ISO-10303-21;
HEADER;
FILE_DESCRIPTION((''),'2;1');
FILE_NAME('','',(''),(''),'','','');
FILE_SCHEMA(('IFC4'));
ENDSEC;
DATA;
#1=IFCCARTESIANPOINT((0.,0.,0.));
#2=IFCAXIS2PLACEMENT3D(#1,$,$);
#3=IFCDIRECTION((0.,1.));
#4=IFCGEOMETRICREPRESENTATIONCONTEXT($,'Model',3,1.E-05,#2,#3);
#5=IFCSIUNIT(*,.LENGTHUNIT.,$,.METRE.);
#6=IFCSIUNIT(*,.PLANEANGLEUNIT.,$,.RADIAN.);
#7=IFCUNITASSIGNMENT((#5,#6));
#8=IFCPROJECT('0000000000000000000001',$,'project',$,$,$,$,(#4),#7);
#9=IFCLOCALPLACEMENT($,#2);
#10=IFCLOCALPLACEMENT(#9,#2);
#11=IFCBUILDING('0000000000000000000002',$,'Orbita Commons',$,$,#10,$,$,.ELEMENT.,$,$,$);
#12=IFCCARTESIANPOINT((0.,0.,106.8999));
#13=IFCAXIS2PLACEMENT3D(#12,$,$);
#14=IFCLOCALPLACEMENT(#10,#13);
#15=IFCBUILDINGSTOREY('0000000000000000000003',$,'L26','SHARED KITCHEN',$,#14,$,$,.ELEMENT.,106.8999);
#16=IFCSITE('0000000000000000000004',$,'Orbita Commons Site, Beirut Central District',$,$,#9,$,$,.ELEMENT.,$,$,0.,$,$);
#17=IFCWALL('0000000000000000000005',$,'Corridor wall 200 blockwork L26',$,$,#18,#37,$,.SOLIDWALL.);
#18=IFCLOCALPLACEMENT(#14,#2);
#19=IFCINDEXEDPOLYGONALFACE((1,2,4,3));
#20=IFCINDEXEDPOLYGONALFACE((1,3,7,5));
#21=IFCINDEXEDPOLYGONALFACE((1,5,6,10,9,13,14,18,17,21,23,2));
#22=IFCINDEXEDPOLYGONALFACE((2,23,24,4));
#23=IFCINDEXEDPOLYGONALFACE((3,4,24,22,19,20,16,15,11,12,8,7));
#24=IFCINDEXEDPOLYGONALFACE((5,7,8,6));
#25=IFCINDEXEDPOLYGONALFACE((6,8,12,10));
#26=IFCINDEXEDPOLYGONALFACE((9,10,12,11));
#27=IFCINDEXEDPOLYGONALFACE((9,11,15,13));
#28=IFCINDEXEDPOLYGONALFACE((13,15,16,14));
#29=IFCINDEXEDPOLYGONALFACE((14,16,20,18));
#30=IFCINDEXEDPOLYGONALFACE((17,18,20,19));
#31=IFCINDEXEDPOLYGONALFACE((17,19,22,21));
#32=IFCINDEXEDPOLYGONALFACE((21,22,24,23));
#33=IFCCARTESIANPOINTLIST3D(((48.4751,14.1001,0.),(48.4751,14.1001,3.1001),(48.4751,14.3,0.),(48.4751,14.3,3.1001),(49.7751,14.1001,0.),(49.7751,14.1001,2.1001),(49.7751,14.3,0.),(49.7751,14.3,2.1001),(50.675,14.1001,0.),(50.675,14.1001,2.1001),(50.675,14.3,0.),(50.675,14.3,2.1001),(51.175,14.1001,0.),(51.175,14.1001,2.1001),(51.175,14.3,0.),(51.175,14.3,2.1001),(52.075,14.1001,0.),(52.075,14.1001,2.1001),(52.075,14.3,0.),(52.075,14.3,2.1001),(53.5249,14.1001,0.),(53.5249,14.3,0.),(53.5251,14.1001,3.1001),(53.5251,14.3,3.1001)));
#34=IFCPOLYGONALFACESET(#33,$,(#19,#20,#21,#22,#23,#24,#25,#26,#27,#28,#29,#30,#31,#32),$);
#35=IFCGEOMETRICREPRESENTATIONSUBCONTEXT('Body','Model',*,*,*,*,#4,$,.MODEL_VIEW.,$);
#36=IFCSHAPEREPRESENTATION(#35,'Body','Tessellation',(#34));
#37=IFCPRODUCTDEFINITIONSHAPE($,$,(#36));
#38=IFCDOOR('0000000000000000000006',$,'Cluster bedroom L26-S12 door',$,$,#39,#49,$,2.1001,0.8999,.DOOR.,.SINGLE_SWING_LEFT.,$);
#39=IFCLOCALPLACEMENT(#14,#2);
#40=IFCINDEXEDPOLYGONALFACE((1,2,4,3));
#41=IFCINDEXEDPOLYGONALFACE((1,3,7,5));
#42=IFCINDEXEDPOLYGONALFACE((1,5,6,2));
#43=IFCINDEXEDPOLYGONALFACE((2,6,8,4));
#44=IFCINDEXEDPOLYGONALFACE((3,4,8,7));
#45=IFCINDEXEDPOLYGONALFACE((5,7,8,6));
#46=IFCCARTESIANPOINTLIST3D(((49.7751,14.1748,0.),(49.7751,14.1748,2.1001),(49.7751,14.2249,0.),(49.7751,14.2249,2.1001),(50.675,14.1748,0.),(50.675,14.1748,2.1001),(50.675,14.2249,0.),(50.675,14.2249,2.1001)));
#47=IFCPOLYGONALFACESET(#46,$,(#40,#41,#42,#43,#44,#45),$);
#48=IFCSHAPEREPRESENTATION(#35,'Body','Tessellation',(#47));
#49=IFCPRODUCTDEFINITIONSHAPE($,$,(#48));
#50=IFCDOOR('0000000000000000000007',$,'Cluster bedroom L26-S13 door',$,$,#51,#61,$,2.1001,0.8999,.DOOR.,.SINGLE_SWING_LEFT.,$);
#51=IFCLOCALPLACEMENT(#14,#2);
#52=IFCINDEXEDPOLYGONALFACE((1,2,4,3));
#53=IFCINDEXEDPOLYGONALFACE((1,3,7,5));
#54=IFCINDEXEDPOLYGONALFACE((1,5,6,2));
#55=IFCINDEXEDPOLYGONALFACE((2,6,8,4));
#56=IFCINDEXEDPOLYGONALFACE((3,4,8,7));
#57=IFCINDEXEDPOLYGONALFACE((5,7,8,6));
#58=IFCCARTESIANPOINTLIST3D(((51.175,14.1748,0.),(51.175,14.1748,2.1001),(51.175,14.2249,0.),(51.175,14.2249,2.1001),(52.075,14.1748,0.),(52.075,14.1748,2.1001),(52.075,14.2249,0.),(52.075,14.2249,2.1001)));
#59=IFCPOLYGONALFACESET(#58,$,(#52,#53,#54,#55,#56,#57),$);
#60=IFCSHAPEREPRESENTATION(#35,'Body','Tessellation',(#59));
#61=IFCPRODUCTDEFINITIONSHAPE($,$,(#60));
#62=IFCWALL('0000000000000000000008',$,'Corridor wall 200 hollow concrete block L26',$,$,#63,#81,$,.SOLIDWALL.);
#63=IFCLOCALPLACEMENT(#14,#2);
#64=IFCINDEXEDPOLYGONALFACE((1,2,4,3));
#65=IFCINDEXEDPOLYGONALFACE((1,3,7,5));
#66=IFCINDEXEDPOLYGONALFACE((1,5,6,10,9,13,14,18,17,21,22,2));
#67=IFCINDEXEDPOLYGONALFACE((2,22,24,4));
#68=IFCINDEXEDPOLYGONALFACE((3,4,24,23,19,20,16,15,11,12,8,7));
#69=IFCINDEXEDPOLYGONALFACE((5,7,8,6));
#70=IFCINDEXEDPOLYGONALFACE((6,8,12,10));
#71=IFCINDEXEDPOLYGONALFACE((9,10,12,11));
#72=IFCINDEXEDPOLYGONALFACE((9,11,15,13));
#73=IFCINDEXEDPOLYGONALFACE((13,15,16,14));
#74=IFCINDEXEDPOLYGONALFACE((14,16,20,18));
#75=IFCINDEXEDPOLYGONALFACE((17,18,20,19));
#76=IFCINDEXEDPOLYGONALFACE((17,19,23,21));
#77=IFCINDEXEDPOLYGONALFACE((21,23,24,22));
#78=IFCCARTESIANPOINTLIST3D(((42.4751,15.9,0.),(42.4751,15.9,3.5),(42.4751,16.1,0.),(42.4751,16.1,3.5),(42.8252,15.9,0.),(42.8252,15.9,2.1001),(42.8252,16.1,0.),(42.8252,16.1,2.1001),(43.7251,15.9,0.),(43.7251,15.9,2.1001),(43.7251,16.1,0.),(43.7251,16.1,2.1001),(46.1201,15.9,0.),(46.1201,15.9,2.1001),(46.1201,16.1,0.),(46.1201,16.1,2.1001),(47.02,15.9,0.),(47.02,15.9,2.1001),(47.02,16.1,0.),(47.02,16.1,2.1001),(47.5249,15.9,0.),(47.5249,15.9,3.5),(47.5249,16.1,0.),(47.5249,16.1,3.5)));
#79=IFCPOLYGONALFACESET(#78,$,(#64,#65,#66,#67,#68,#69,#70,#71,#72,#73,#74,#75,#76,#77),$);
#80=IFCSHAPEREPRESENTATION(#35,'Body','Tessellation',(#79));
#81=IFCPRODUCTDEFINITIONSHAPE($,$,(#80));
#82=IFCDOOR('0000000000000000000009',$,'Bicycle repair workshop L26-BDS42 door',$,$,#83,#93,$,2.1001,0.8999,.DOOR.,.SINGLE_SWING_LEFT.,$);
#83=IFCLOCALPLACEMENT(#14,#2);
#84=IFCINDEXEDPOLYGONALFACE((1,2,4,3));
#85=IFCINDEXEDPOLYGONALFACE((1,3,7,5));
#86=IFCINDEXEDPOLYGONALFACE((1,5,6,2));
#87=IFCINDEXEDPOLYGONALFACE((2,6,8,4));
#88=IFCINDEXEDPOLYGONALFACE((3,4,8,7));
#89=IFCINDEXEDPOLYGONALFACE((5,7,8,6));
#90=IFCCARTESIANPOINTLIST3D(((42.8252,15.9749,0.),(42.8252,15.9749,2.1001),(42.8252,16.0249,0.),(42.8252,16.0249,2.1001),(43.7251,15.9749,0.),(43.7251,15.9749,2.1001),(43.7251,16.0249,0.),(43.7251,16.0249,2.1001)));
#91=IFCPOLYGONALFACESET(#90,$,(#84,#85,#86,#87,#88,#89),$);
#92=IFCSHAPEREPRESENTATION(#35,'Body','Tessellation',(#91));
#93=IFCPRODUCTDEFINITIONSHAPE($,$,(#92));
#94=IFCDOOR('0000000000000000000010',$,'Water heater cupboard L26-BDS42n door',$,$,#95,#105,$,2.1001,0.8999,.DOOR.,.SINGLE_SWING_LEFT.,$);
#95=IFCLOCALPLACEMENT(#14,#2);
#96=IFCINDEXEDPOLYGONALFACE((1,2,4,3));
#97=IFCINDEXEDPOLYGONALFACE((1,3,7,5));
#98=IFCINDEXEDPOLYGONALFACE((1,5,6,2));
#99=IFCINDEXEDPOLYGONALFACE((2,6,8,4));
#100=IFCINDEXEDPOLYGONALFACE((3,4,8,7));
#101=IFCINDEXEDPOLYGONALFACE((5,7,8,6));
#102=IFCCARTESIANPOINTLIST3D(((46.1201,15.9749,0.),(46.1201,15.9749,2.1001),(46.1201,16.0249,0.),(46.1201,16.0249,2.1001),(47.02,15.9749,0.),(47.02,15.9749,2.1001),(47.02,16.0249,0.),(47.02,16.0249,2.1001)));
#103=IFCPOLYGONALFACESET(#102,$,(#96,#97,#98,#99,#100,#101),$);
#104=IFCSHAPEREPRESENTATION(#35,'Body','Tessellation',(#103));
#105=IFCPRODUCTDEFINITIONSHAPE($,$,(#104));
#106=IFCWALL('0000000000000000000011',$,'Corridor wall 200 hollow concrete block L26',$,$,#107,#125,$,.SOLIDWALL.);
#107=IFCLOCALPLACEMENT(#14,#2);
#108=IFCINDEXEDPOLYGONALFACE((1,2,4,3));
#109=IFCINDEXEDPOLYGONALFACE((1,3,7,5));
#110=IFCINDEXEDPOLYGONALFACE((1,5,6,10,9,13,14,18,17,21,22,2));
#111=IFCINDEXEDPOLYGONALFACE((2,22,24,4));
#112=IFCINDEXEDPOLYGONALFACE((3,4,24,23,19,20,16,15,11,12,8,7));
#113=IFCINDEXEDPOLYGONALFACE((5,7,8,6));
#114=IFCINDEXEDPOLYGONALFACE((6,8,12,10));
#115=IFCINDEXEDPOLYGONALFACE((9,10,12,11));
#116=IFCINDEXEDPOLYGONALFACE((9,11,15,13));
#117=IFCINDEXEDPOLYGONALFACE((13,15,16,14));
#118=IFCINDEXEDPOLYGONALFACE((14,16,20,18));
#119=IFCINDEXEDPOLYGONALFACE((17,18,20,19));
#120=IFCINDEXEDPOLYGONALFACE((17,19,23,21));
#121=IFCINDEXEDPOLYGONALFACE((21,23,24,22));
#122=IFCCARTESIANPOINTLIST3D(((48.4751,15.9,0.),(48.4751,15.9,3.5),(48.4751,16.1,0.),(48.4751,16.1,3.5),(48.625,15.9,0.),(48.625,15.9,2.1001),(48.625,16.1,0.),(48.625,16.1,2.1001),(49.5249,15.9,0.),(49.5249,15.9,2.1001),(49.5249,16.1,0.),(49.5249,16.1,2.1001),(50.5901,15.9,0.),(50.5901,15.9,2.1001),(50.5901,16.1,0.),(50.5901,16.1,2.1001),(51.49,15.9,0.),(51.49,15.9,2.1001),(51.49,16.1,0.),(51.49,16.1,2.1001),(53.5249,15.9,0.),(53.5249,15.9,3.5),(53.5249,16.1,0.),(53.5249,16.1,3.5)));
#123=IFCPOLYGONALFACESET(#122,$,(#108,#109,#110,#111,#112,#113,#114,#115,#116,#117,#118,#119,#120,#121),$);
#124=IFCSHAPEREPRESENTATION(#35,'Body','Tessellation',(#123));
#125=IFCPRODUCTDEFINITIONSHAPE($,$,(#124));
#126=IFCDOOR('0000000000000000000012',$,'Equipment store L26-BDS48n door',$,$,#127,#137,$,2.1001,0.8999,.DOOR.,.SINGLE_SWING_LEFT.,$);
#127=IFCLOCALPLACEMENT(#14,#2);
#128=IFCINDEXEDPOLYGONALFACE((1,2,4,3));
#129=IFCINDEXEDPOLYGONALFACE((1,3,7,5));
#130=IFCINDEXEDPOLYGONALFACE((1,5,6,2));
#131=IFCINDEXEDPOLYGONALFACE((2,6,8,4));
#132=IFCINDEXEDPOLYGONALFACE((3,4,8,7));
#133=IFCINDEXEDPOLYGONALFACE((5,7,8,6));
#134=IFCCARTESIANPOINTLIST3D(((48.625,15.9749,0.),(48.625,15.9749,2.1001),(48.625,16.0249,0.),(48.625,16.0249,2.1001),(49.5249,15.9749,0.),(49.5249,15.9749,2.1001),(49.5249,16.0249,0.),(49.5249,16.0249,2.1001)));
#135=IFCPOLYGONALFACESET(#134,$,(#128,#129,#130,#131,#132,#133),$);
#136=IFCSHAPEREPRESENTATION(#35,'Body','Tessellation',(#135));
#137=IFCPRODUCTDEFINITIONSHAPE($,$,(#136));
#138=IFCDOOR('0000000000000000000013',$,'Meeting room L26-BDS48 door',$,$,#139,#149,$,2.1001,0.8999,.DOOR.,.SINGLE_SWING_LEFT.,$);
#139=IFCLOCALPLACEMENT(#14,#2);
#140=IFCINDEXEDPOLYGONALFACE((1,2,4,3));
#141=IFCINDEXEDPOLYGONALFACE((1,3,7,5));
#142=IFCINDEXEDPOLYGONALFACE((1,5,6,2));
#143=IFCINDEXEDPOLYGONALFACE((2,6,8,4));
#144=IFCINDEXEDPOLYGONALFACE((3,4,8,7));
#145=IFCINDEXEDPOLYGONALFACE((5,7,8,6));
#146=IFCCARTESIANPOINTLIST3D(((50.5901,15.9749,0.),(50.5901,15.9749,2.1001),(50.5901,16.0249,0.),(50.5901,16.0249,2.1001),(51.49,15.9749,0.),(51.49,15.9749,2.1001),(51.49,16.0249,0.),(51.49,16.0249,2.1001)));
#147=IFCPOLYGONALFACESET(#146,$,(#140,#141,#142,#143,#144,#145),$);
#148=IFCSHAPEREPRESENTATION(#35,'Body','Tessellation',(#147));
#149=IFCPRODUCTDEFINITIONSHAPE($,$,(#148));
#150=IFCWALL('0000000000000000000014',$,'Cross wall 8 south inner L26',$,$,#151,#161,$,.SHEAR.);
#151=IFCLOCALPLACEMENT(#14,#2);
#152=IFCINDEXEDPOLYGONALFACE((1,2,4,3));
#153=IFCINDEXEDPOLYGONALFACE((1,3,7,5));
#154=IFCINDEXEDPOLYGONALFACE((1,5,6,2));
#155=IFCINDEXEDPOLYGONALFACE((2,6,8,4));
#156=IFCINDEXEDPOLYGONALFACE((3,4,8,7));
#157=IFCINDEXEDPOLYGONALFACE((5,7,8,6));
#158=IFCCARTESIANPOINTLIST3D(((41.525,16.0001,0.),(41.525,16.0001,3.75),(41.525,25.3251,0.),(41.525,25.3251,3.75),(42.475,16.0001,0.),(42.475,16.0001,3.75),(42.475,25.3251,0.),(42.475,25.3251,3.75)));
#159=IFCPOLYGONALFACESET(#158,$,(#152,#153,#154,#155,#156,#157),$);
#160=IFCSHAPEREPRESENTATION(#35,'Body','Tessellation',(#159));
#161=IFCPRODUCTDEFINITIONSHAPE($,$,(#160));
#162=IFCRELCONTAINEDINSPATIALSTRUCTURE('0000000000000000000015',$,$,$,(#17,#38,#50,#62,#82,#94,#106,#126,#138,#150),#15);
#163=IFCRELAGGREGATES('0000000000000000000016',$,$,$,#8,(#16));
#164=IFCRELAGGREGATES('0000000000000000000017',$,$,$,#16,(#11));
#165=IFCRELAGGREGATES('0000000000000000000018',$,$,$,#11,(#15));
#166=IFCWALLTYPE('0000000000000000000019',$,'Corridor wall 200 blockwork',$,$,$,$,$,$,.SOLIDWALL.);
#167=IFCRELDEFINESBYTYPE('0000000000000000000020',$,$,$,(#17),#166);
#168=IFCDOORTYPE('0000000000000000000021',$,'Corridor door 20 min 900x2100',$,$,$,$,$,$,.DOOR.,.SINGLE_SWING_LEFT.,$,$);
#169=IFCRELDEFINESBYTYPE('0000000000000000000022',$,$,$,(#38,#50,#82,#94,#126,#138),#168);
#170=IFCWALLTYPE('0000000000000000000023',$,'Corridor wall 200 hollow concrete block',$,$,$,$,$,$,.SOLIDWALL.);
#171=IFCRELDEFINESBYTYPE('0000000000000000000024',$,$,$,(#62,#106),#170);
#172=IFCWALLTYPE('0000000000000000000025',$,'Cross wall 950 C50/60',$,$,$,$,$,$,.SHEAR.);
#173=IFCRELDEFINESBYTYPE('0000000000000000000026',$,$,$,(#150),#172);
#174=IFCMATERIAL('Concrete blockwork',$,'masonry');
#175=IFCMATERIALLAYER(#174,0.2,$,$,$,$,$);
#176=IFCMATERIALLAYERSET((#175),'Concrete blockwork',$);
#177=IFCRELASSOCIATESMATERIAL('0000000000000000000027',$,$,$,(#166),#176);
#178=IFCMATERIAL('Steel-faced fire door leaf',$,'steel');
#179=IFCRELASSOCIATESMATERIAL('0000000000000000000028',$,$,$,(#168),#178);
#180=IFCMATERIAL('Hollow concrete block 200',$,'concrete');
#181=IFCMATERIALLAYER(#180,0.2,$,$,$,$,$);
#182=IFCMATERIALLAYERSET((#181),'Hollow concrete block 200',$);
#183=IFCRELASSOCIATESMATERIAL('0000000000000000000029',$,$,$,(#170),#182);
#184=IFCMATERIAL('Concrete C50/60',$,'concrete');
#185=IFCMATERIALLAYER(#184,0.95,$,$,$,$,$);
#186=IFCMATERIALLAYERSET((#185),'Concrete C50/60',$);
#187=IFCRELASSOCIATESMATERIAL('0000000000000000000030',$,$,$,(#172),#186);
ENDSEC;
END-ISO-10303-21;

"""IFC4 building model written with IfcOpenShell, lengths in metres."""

from ifc_helpers import new_model, si_unit, direction, frame, frame_2d, origin, place, context, subcontext, project, spatial, polyline, rectangle, outline, extrude, material, layer, layer_set, type_object, element, fill, save


model = new_model("IFC4")

# Units and contexts
model_context = context("Model", 3, precision=1e-05, world=origin(), true_north=direction((0.0, 1.0)))
body_context = subcontext(model_context, "Body", "Model", "MODEL_VIEW")
ifc_project = project(units=[si_unit("LENGTHUNIT", "METRE"), si_unit("PLANEANGLEUNIT", "RADIAN")], contexts=[model_context])

# Site, building, storey
site_placement = place(None, origin())
site = spatial("IfcSite", under=ifc_project, at=site_placement, Name="Orbita Commons Site, Beirut Central District", CompositionType="ELEMENT", RefElevation=0.0)
building_placement = place(site_placement, origin())
building = spatial("IfcBuilding", under=site, at=building_placement, Name="Orbita Commons", CompositionType="ELEMENT")
storey_placement = place(building_placement, frame((0.0, 0.0, 106.8999)))
storey = spatial("IfcBuildingStorey", under=building, at=storey_placement, Name="L26", Description="SHARED KITCHEN", CompositionType="ELEMENT", Elevation=106.8999)

# Walls, openings, doors
ifc_material_1 = material(Name="Concrete blockwork", Category="masonry")
ifc_layer_1 = layer(ifc_material_1, 0.2)
ifc_layer_set_1 = layer_set([ifc_layer_1], Name="Concrete blockwork")
wall_type_1 = type_object("IfcWallType", Name="Corridor wall 200 blockwork", PredefinedType="SOLIDWALL", material=ifc_layer_set_1)
ifc_material_2 = material(Name="Steel-faced fire door leaf", Category="steel")
door_type = type_object("IfcDoorType", Name="Corridor door 20 min 900x2100", OperationType="SINGLE_SWING_LEFT", PredefinedType="DOOR", material=ifc_material_2)
wall_1_placement = place(storey_placement, frame((48.4751, 14.2, 0.0), z_axis=(0.0, 0.0, 1.0), x_axis=(1.0, 0.0, 0.0)))
wall_1 = element("IfcWall", 1, at=wall_1_placement, inside=storey, type_object=wall_type_1, Name="Corridor wall 200 blockwork L26", PredefinedType="SOLIDWALL", context=body_context, shape_type="SweptSolid", body=[
    extrude(outline(polyline([(0.0, 0.0), (5.0498, 0.0), (5.05, 3.1001), (0.0, 3.1001), (0.0, 0.0)])), frame((0.0, 0.1001, 0.0), z_axis=(0.0, -1.0, 0.0), x_axis=(1.0, 0.0, 0.0)), (0.0, 0.0, 1.0), 0.2),
])
opening_1_placement = place(wall_1_placement, frame((1.3, 0.0, 0.0)))
opening_1 = element("IfcOpeningElement", 2, at=opening_1_placement, cuts=wall_1, PredefinedType="OPENING", context=body_context, shape_type="SweptSolid", body=[
    extrude(rectangle(XDim=0.8999, YDim=2.1001, at=frame_2d((0.45, 1.05))), frame((0.0, 0.1099, 0.0), z_axis=(0.0, -1.0, 0.0), x_axis=(1.0, 0.0, 0.0)), (0.0, 0.0, 1.0), 0.22),
])
opening_2_placement = place(wall_1_placement, frame((2.7, 0.0, 0.0)))
opening_2 = element("IfcOpeningElement", 3, at=opening_2_placement, cuts=wall_1, PredefinedType="OPENING", context=body_context, shape_type="SweptSolid", body=[
    extrude(rectangle(XDim=0.8999, YDim=2.1001, at=frame_2d((0.45, 1.05))), frame((0.0, 0.1099, 0.0), z_axis=(0.0, -1.0, 0.0), x_axis=(1.0, 0.0, 0.0)), (0.0, 0.0, 1.0), 0.22),
])
door_1_placement = place(opening_1_placement, origin())
door_1 = element("IfcDoor", 4, at=door_1_placement, inside=storey, type_object=door_type, Name="Cluster bedroom L26-S12 door", OperationType="SINGLE_SWING_LEFT", OverallHeight=2.1001, OverallWidth=0.8999, PredefinedType="DOOR", context=body_context, shape_type="SweptSolid", body=[
    extrude(rectangle(XDim=0.8999, YDim=2.1001, at=frame_2d((0.45, 1.05))), frame((0.0, 0.0249, 0.0), z_axis=(0.0, -1.0, 0.0), x_axis=(1.0, 0.0, 0.0)), (0.0, 0.0, 1.0), 0.05),
])
fill(opening_1, door_1)
door_2_placement = place(opening_2_placement, origin())
door_2 = element("IfcDoor", 5, at=door_2_placement, inside=storey, type_object=door_type, Name="Cluster bedroom L26-S13 door", OperationType="SINGLE_SWING_LEFT", OverallHeight=2.1001, OverallWidth=0.8999, PredefinedType="DOOR", context=body_context, shape_type="SweptSolid", body=[
    extrude(rectangle(XDim=0.8999, YDim=2.1001, at=frame_2d((0.45, 1.05))), frame((0.0, 0.0249, 0.0), z_axis=(0.0, -1.0, 0.0), x_axis=(1.0, 0.0, 0.0)), (0.0, 0.0, 1.0), 0.05),
])
fill(opening_2, door_2)
ifc_material_3 = material(Name="Hollow concrete block 200", Category="concrete")
ifc_layer_2 = layer(ifc_material_3, 0.2)
ifc_layer_set_2 = layer_set([ifc_layer_2], Name="Hollow concrete block 200")
wall_type_2 = type_object("IfcWallType", Name="Corridor wall 200 hollow concrete block", PredefinedType="SOLIDWALL", material=ifc_layer_set_2)
wall_2_placement = place(storey_placement, frame((42.4751, 16.0, 0.0), z_axis=(0.0, 0.0, 1.0), x_axis=(1.0, 0.0, 0.0)))
wall_2 = element("IfcWall", 6, at=wall_2_placement, inside=storey, type_object=wall_type_2, Name="Corridor wall 200 hollow concrete block L26", PredefinedType="SOLIDWALL", context=body_context, shape_type="SweptSolid", body=[
    extrude(rectangle(XDim=5.0498, YDim=0.2, at=frame_2d((2.5249, 0.0))), origin(), (0.0, 0.0, 1.0), 3.5),
])
opening_3_placement = place(wall_2_placement, frame((0.3501, 0.0, 0.0)))
opening_3 = element("IfcOpeningElement", 7, at=opening_3_placement, cuts=wall_2, PredefinedType="OPENING", context=body_context, shape_type="SweptSolid", body=[
    extrude(rectangle(XDim=0.8999, YDim=2.1001, at=frame_2d((0.45, 1.05))), frame((0.0, 0.1099, 0.0), z_axis=(0.0, -1.0, 0.0), x_axis=(1.0, 0.0, 0.0)), (0.0, 0.0, 1.0), 0.22),
])
opening_4_placement = place(wall_2_placement, frame((3.645, 0.0, 0.0)))
opening_4 = element("IfcOpeningElement", 8, at=opening_4_placement, cuts=wall_2, PredefinedType="OPENING", context=body_context, shape_type="SweptSolid", body=[
    extrude(rectangle(XDim=0.8999, YDim=2.1001, at=frame_2d((0.45, 1.05))), frame((0.0, 0.1099, 0.0), z_axis=(0.0, -1.0, 0.0), x_axis=(1.0, 0.0, 0.0)), (0.0, 0.0, 1.0), 0.22),
])
door_3_placement = place(opening_3_placement, origin())
door_3 = element("IfcDoor", 9, at=door_3_placement, inside=storey, type_object=door_type, Name="Bicycle repair workshop L26-BDS42 door", OperationType="SINGLE_SWING_LEFT", OverallHeight=2.1001, OverallWidth=0.8999, PredefinedType="DOOR", context=body_context, shape_type="SweptSolid", body=[
    extrude(rectangle(XDim=0.8999, YDim=2.1001, at=frame_2d((0.45, 1.05))), frame((0.0, 0.0249, 0.0), z_axis=(0.0, -1.0, 0.0), x_axis=(1.0, 0.0, 0.0)), (0.0, 0.0, 1.0), 0.05),
])
fill(opening_3, door_3)
door_4_placement = place(opening_4_placement, origin())
door_4 = element("IfcDoor", 10, at=door_4_placement, inside=storey, type_object=door_type, Name="Water heater cupboard L26-BDS42n door", OperationType="SINGLE_SWING_LEFT", OverallHeight=2.1001, OverallWidth=0.8999, PredefinedType="DOOR", context=body_context, shape_type="SweptSolid", body=[
    extrude(rectangle(XDim=0.8999, YDim=2.1001, at=frame_2d((0.45, 1.05))), frame((0.0, 0.0249, 0.0), z_axis=(0.0, -1.0, 0.0), x_axis=(1.0, 0.0, 0.0)), (0.0, 0.0, 1.0), 0.05),
])
fill(opening_4, door_4)
wall_3_placement = place(storey_placement, frame((48.4751, 16.0, 0.0), z_axis=(0.0, 0.0, 1.0), x_axis=(1.0, 0.0, 0.0)))
wall_3 = element("IfcWall", 11, at=wall_3_placement, inside=storey, type_object=wall_type_2, Name="Corridor wall 200 hollow concrete block L26", PredefinedType="SOLIDWALL", context=body_context, shape_type="SweptSolid", body=[
    extrude(rectangle(XDim=5.0498, YDim=0.2, at=frame_2d((2.5249, 0.0))), origin(), (0.0, 0.0, 1.0), 3.5),
])
opening_5_placement = place(wall_3_placement, frame((0.1499, 0.0, 0.0)))
opening_5 = element("IfcOpeningElement", 12, at=opening_5_placement, cuts=wall_3, PredefinedType="OPENING", context=body_context, shape_type="SweptSolid", body=[
    extrude(rectangle(XDim=0.8999, YDim=2.1001, at=frame_2d((0.45, 1.05))), frame((0.0, 0.1099, 0.0), z_axis=(0.0, -1.0, 0.0), x_axis=(1.0, 0.0, 0.0)), (0.0, 0.0, 1.0), 0.22),
])
opening_6_placement = place(wall_3_placement, frame((2.115, 0.0, 0.0)))
opening_6 = element("IfcOpeningElement", 13, at=opening_6_placement, cuts=wall_3, PredefinedType="OPENING", context=body_context, shape_type="SweptSolid", body=[
    extrude(rectangle(XDim=0.8999, YDim=2.1001, at=frame_2d((0.45, 1.05))), frame((0.0, 0.1099, 0.0), z_axis=(0.0, -1.0, 0.0), x_axis=(1.0, 0.0, 0.0)), (0.0, 0.0, 1.0), 0.22),
])
door_5_placement = place(opening_5_placement, origin())
door_5 = element("IfcDoor", 14, at=door_5_placement, inside=storey, type_object=door_type, Name="Equipment store L26-BDS48n door", OperationType="SINGLE_SWING_LEFT", OverallHeight=2.1001, OverallWidth=0.8999, PredefinedType="DOOR", context=body_context, shape_type="SweptSolid", body=[
    extrude(rectangle(XDim=0.8999, YDim=2.1001, at=frame_2d((0.45, 1.05))), frame((0.0, 0.0249, 0.0), z_axis=(0.0, -1.0, 0.0), x_axis=(1.0, 0.0, 0.0)), (0.0, 0.0, 1.0), 0.05),
])
fill(opening_5, door_5)
door_6_placement = place(opening_6_placement, origin())
door_6 = element("IfcDoor", 15, at=door_6_placement, inside=storey, type_object=door_type, Name="Meeting room L26-BDS48 door", OperationType="SINGLE_SWING_LEFT", OverallHeight=2.1001, OverallWidth=0.8999, PredefinedType="DOOR", context=body_context, shape_type="SweptSolid", body=[
    extrude(rectangle(XDim=0.8999, YDim=2.1001, at=frame_2d((0.45, 1.05))), frame((0.0, 0.0249, 0.0), z_axis=(0.0, -1.0, 0.0), x_axis=(1.0, 0.0, 0.0)), (0.0, 0.0, 1.0), 0.05),
])
fill(opening_6, door_6)

# Wall
ifc_material_4 = material(Name="Concrete C50/60", Category="concrete")
ifc_layer_3 = layer(ifc_material_4, 0.95)
ifc_layer_set_3 = layer_set([ifc_layer_3], Name="Concrete C50/60")
wall_type_3 = type_object("IfcWallType", Name="Cross wall 950 C50/60", PredefinedType="SHEAR", material=ifc_layer_set_3)
for number, where, z_axis, x_axis, name in (
    (16, (42.0, 16.0, 0.0), (0.0, 0.0, 1.0), (0.0, 1.0, 0.0), "Cross wall 8 south inner L26"),
):
    element("IfcWall", number, at=place(storey_placement, frame(where, z_axis=z_axis, x_axis=x_axis)), inside=storey, type_object=wall_type_3, Name=name, PredefinedType="SHEAR", context=body_context, shape_type="SweptSolid", body=[
        extrude(rectangle(XDim=9.325, YDim=0.95, at=frame_2d((4.6626, 0.0))), origin(), (0.0, 0.0, 1.0), 3.75),
    ])

save(model, "model.ifc")
